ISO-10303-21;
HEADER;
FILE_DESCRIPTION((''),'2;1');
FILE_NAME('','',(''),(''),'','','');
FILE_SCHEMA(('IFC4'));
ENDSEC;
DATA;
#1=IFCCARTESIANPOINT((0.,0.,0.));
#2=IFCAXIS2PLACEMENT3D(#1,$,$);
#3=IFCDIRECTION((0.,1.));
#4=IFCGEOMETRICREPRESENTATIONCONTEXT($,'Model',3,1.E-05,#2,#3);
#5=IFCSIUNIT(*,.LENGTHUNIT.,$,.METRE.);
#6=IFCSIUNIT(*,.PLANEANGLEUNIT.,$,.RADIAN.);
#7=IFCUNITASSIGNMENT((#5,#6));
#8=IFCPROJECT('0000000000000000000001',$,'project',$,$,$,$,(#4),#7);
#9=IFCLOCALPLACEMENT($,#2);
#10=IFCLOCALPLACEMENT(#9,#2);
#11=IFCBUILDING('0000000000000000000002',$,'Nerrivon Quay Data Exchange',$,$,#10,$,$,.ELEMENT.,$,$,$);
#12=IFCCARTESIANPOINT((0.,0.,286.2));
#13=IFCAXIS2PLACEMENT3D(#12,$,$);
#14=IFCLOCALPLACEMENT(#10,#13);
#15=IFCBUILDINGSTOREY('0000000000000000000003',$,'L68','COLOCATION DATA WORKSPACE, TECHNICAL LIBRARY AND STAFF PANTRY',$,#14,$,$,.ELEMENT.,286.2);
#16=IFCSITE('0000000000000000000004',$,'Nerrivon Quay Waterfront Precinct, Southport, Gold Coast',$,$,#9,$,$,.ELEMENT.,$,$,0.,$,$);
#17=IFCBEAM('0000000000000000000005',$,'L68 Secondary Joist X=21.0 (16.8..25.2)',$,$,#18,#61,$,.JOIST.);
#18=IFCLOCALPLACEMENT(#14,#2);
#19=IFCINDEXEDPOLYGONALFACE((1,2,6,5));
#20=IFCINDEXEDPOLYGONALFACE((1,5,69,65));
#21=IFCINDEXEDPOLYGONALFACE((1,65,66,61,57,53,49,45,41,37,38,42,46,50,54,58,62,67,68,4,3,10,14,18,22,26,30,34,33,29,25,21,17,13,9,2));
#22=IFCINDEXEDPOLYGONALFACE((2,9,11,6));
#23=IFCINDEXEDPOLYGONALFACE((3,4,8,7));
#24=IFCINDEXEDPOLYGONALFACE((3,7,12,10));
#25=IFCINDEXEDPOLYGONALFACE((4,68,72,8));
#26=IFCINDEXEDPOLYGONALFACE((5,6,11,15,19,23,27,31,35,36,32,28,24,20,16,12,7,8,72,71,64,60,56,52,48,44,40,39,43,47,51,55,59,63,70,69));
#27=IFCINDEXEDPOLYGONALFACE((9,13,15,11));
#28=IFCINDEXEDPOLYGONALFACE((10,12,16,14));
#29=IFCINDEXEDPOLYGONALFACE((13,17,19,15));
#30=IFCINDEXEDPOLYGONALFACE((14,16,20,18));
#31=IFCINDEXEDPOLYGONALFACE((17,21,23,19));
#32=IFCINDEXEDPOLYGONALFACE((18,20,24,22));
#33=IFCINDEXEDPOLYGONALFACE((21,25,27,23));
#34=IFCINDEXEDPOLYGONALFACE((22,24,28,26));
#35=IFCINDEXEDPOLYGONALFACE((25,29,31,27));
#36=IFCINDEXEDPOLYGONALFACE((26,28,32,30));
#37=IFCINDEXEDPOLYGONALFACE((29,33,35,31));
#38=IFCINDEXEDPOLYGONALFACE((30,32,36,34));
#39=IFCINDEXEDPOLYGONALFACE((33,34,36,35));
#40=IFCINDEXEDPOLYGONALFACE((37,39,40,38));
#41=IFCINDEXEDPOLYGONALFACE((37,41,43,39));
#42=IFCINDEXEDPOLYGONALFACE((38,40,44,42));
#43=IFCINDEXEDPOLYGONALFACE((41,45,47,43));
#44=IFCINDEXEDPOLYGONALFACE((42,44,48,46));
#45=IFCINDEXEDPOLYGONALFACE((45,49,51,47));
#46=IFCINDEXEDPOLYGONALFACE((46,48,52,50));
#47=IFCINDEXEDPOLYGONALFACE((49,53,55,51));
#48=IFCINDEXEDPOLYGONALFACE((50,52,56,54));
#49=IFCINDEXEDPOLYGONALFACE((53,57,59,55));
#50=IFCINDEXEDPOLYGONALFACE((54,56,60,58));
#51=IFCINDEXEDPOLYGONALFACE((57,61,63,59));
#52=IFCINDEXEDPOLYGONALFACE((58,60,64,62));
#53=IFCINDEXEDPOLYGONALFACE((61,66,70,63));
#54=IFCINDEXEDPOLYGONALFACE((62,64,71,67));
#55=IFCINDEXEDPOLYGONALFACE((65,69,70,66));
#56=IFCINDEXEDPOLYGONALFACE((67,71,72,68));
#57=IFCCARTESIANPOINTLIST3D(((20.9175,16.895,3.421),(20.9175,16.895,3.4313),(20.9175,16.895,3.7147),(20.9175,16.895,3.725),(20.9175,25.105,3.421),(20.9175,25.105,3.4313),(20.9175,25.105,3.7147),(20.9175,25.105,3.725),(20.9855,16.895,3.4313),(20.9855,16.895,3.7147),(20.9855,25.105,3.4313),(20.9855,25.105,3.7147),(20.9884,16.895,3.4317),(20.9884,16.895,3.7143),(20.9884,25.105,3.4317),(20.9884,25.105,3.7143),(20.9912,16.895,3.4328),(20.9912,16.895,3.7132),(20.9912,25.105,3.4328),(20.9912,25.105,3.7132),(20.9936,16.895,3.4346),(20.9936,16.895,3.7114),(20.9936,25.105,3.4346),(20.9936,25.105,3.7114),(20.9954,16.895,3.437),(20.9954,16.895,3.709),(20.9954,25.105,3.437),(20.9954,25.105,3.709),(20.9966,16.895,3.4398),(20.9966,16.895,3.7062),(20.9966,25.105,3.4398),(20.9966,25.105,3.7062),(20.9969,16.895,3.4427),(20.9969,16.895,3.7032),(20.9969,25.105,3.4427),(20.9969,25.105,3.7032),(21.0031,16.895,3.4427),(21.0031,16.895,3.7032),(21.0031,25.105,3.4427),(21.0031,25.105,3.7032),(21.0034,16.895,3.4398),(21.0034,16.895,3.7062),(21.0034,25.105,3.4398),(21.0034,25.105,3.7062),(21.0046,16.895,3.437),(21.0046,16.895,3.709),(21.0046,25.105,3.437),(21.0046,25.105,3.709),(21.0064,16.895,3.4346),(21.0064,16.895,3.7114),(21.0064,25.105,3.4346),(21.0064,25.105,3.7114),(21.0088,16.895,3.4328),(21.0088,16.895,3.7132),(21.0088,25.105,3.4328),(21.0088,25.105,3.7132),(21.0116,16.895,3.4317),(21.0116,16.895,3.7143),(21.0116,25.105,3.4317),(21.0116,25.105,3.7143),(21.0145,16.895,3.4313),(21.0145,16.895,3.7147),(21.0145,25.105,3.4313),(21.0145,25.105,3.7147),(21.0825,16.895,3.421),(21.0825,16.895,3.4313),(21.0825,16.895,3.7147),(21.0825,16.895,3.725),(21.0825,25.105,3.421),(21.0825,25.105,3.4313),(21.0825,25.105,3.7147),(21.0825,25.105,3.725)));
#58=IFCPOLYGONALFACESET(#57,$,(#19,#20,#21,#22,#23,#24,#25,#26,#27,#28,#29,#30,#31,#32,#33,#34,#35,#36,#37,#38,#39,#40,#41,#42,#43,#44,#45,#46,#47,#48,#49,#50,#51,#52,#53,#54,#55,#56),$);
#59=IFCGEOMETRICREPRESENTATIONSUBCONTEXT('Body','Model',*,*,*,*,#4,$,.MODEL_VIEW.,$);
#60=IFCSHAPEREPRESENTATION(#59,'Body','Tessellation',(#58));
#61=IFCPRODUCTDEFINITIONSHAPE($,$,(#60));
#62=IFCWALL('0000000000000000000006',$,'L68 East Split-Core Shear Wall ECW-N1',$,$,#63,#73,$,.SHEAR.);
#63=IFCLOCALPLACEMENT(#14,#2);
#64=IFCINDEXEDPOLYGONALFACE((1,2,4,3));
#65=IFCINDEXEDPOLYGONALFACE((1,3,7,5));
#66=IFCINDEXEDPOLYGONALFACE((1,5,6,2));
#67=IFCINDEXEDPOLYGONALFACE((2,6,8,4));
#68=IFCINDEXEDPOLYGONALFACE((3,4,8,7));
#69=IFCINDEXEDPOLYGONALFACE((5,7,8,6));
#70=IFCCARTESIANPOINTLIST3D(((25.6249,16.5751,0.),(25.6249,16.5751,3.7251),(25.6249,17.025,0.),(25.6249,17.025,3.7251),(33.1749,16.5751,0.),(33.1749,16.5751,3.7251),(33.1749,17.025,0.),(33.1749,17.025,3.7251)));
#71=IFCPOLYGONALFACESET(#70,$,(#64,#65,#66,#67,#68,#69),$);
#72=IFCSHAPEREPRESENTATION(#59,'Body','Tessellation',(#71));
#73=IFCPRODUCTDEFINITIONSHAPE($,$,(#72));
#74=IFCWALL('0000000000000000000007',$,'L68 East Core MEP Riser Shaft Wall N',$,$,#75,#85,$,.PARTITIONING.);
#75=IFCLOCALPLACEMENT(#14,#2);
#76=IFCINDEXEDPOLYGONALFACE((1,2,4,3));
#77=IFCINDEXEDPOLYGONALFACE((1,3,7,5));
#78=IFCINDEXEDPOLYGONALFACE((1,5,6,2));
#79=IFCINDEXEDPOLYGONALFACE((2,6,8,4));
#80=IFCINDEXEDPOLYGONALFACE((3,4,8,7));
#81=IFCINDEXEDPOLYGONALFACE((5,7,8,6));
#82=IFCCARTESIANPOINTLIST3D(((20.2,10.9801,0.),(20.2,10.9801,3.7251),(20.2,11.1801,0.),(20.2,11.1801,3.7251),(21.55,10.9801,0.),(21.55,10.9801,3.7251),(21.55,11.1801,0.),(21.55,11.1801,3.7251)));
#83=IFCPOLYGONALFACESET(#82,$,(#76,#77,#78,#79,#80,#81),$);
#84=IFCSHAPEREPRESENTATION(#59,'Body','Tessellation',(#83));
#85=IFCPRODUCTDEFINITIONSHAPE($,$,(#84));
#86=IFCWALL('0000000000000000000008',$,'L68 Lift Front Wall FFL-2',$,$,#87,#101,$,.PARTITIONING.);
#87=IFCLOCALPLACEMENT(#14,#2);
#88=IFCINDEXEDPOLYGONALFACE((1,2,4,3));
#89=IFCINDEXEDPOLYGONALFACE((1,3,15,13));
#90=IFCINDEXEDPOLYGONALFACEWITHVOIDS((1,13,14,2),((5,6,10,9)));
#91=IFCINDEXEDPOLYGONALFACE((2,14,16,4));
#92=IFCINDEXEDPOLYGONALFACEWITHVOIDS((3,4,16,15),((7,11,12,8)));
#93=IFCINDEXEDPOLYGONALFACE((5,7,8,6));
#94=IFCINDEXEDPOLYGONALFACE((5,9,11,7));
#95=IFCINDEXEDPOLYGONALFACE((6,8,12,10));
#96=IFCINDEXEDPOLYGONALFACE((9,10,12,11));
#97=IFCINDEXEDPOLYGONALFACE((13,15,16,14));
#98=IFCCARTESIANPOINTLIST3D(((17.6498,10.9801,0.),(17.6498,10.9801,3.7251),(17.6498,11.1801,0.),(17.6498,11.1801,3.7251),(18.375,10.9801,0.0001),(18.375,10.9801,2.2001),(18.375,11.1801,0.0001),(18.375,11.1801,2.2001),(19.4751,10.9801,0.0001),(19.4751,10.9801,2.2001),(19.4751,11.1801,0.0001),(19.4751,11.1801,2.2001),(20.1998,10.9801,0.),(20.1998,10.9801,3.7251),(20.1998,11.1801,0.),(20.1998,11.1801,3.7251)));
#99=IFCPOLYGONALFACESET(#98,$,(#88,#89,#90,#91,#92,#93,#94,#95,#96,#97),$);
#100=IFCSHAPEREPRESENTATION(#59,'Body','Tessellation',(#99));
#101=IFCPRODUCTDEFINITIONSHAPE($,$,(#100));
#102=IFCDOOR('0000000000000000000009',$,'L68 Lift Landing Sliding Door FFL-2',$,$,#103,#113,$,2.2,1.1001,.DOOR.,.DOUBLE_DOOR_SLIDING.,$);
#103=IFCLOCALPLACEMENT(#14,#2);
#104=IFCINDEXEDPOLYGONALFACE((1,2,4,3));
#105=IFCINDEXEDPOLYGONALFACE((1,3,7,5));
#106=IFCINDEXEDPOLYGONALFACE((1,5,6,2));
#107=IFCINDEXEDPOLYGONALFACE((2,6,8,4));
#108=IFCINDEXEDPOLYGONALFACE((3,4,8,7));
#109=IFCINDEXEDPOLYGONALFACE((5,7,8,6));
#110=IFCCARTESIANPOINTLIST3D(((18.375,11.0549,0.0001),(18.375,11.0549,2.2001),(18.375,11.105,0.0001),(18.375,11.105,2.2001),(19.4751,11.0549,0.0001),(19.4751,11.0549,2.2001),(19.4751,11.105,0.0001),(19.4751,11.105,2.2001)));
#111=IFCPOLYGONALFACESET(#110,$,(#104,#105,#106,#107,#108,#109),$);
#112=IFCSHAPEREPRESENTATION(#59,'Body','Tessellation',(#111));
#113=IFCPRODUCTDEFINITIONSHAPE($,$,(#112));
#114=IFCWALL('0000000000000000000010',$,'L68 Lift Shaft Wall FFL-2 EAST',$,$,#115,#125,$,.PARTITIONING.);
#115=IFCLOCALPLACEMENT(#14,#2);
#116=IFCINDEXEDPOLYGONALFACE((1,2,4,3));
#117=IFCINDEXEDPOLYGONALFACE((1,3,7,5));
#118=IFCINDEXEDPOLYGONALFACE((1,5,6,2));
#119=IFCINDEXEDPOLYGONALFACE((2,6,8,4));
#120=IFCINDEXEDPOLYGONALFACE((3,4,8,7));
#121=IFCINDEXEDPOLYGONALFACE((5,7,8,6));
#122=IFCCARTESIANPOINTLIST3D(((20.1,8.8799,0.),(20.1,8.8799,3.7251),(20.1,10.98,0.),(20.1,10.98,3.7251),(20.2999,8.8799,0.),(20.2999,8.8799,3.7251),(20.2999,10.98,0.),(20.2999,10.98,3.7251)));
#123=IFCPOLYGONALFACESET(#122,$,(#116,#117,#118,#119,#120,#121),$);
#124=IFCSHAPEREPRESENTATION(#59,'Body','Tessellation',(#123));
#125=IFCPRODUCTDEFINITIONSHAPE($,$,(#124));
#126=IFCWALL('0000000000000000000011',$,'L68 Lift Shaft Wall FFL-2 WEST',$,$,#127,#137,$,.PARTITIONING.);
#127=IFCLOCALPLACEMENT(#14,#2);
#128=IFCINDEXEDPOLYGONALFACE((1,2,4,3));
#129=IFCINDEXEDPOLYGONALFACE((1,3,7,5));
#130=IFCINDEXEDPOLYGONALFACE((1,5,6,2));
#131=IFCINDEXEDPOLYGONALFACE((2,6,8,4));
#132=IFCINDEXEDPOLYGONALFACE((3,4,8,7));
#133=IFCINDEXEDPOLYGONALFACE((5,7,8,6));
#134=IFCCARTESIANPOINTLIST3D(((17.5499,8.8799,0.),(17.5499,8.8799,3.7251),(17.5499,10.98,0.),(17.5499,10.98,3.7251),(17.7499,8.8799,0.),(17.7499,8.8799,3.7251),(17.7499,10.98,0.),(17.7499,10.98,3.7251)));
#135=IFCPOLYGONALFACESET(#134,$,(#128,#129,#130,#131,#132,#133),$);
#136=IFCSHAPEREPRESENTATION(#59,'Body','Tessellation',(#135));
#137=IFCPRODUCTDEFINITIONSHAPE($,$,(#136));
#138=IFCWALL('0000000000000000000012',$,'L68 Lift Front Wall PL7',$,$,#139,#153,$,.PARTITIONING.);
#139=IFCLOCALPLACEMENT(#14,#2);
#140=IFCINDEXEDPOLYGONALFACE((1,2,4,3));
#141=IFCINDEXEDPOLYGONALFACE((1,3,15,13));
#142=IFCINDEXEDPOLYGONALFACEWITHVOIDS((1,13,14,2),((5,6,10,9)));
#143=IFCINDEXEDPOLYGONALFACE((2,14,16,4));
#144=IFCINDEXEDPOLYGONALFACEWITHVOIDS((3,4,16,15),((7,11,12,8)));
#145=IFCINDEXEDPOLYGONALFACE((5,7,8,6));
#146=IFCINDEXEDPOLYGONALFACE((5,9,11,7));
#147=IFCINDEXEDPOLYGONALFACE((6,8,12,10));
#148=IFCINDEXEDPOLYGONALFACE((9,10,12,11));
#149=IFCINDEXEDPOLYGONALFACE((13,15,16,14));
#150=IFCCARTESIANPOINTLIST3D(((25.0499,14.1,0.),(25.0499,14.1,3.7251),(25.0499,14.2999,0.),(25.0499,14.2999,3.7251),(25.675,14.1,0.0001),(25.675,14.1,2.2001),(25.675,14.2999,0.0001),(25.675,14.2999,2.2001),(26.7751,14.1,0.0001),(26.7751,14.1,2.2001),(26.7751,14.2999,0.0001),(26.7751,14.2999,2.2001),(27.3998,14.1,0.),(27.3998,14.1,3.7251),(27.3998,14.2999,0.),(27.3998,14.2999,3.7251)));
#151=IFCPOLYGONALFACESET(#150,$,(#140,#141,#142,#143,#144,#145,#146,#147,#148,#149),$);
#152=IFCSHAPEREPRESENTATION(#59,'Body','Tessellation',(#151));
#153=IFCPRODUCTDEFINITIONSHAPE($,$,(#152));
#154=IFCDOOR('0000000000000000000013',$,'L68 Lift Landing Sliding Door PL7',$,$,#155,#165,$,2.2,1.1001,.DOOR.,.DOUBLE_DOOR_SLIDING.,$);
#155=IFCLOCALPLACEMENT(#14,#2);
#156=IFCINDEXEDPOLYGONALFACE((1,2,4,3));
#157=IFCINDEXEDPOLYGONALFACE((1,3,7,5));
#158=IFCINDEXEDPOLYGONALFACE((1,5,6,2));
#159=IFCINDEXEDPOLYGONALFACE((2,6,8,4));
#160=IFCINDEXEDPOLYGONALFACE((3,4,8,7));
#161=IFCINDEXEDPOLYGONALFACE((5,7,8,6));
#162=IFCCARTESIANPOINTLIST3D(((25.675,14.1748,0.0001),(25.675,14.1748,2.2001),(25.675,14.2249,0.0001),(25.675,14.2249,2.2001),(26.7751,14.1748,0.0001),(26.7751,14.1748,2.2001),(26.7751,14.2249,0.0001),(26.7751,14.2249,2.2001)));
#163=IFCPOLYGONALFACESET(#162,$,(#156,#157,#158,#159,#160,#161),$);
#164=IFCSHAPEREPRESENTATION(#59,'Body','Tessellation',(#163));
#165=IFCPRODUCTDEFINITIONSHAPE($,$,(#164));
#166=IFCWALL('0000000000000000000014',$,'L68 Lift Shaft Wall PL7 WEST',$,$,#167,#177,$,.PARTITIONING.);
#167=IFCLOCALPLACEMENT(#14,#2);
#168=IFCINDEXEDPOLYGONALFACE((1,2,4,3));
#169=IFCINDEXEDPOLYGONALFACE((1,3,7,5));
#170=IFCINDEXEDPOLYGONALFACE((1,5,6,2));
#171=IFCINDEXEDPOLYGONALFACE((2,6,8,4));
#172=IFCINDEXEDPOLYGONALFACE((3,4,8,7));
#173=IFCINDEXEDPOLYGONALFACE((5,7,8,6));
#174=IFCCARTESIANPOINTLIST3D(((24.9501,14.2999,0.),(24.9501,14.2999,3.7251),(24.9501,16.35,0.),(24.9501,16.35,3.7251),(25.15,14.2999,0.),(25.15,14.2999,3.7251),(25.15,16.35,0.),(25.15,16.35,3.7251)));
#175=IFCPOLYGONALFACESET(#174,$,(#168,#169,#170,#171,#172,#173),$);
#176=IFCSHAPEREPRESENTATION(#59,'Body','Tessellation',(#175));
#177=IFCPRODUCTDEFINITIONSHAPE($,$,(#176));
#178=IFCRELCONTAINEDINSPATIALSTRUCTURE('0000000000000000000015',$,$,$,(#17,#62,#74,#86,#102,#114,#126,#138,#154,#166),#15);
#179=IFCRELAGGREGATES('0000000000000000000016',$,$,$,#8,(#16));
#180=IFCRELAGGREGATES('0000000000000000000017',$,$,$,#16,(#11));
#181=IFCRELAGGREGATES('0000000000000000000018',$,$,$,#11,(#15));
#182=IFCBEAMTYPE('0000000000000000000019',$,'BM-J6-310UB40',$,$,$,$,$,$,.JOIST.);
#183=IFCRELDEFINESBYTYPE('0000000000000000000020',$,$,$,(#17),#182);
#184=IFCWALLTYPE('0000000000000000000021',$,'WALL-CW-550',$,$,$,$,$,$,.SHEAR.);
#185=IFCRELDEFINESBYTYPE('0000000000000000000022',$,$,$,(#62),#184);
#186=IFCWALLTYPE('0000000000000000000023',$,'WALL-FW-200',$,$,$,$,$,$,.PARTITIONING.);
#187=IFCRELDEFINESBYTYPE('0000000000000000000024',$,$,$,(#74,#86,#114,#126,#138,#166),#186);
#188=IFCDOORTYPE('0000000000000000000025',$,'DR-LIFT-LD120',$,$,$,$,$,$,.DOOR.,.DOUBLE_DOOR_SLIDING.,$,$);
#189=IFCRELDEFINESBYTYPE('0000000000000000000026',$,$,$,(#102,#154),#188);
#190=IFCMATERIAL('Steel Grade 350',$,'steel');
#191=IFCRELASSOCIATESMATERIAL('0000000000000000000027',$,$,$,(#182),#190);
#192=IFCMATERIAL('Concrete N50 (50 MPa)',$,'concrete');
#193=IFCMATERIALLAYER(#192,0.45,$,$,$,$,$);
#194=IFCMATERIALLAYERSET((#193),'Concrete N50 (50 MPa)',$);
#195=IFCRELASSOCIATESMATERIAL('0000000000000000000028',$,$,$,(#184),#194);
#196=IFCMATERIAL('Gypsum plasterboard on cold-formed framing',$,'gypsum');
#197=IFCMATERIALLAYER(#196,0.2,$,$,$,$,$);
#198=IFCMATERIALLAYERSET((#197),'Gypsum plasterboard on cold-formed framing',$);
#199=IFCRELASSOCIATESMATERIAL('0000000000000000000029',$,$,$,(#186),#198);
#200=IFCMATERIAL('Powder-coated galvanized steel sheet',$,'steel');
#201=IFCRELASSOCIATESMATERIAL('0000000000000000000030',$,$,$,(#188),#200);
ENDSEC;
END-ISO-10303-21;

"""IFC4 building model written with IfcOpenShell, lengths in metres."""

from ifc_helpers import new_model, si_unit, direction, frame, frame_2d, origin, origin_2d, place, context, subcontext, project, spatial, rectangle, i_section, extrude, material, layer, layer_set, material_profile, profile_set, type_object, element, fill, save


model = new_model("IFC4")

# Units and contexts
model_context = context("Model", 3, precision=1e-05, world=origin(), true_north=direction((0.0, 1.0)))
body_context = subcontext(model_context, "Body", "Model", "MODEL_VIEW")
ifc_project = project(units=[si_unit("LENGTHUNIT", "METRE"), si_unit("PLANEANGLEUNIT", "RADIAN")], contexts=[model_context])

# Site, building, storey
site_placement = place(None, origin())
site = spatial("IfcSite", under=ifc_project, at=site_placement, Name="Nerrivon Quay Waterfront Precinct, Southport, Gold Coast", CompositionType="ELEMENT", RefElevation=0.0)
building_placement = place(site_placement, origin())
building = spatial("IfcBuilding", under=site, at=building_placement, Name="Nerrivon Quay Data Exchange", CompositionType="ELEMENT")
storey_placement = place(building_placement, frame((0.0, 0.0, 286.2)))
storey = spatial("IfcBuildingStorey", under=building, at=storey_placement, Name="L68", Description="COLOCATION DATA WORKSPACE, TECHNICAL LIBRARY AND STAFF PANTRY", CompositionType="ELEMENT", Elevation=286.2)

# Shared definitions
ifc_material_1 = material(Name="Concrete N50 (50 MPa)", Category="concrete")

# Beam
ifc_material_2 = material(Name="Steel Grade 350", Category="steel")
ifc_material_profile_1 = material_profile(ifc_material_2, i_section(OverallWidth=0.165, OverallDepth=0.304, WebThickness=0.0061, FlangeThickness=0.0103, FilletRadius=0.0115, at=origin_2d()), Name="310UB40.4")
ifc_profile_set_1 = profile_set([ifc_material_profile_1], Name="Steel Grade 350")
beam_type_1 = type_object("IfcBeamType", Name="BM-J6-310UB40", PredefinedType="JOIST", material=ifc_profile_set_1)
beam_1_placement = place(storey_placement, frame((21.0, 16.895, 3.573), z_axis=(0.0, 1.0, 0.0), x_axis=(-1.0, 0.0, 0.0)))
element("IfcBeam", 1, at=beam_1_placement, inside=storey, type_object=beam_type_1, Name="L68 Secondary Joist X=21.0 (16.8..25.2)", PredefinedType="JOIST", context=body_context, shape_type="SweptSolid", body=[
    extrude(i_section(OverallWidth=0.165, OverallDepth=0.304, WebThickness=0.0061, FlangeThickness=0.0103, FilletRadius=0.0115, at=origin_2d()), origin(), (0.0, 0.0, 1.0), 8.21),
])

# Shared definitions
ifc_layer_1 = layer(ifc_material_1, 0.45)
ifc_layer_set_1 = layer_set([ifc_layer_1], Name="Concrete N50 (50 MPa)")
wall_type_1 = type_object("IfcWallType", Name="WALL-CW-550", PredefinedType="SHEAR", material=ifc_layer_set_1)
ifc_material_3 = material(Name="Powder-coated galvanized steel sheet", Category="steel")

# Walls
wall_1_placement = place(storey_placement, frame((25.625, 16.8, 0.0), z_axis=(0.0, 0.0, 1.0), x_axis=(1.0, 0.0, 0.0)))
element("IfcWall", 2, at=wall_1_placement, inside=storey, type_object=wall_type_1, Name="L68 East Split-Core Shear Wall ECW-N1", PredefinedType="SHEAR", context=body_context, shape_type="SweptSolid", body=[
    extrude(rectangle(XDim=7.55, YDim=0.45, at=frame_2d((3.7749, 0.0))), origin(), (0.0, 0.0, 1.0), 3.7251),
])
ifc_material_4 = material(Name="Gypsum plasterboard on cold-formed framing", Category="gypsum")
ifc_layer_2 = layer(ifc_material_4, 0.2)
ifc_layer_set_2 = layer_set([ifc_layer_2], Name="Gypsum plasterboard on cold-formed framing")
wall_type_2 = type_object("IfcWallType", Name="WALL-FW-200", PredefinedType="PARTITIONING", material=ifc_layer_set_2)
wall_2_placement = place(storey_placement, frame((20.2, 11.0801, 0.0), z_axis=(0.0, 0.0, 1.0), x_axis=(1.0, 0.0, 0.0)))
element("IfcWall", 3, at=wall_2_placement, inside=storey, type_object=wall_type_2, Name="L68 East Core MEP Riser Shaft Wall N", PredefinedType="PARTITIONING", context=body_context, shape_type="SweptSolid", body=[
    extrude(rectangle(XDim=1.3501, YDim=0.2, at=frame_2d((0.675, 0.0))), origin(), (0.0, 0.0, 1.0), 3.7251),
])

# Wall, opening, door
wall_3_placement = place(storey_placement, frame((17.6499, 11.0801, 0.0), z_axis=(0.0, 0.0, 1.0), x_axis=(1.0, 0.0, 0.0)))
wall_3 = element("IfcWall", 4, at=wall_3_placement, inside=storey, type_object=wall_type_2, Name="L68 Lift Front Wall FFL-2", PredefinedType="PARTITIONING", context=body_context, shape_type="SweptSolid", body=[
    extrude(rectangle(XDim=2.55, YDim=0.2, at=frame_2d((1.2749, 0.0))), origin(), (0.0, 0.0, 1.0), 3.7251),
])
opening_1_placement = place(wall_3_placement, frame((0.7251, 0.0, 0.0)))
opening_1 = element("IfcOpeningElement", 5, at=opening_1_placement, cuts=wall_3, PredefinedType="OPENING", context=body_context, shape_type="SweptSolid", body=[
    extrude(rectangle(XDim=1.1001, YDim=2.2, at=frame_2d((0.55, 1.1001))), frame((0.0, 0.1099, 0.0), z_axis=(0.0, -1.0, 0.0), x_axis=(1.0, 0.0, 0.0)), (0.0, 0.0, 1.0), 0.22),
])
door_type_1 = type_object("IfcDoorType", Name="DR-LIFT-LD120", OperationType="DOUBLE_DOOR_SLIDING", PredefinedType="DOOR", material=ifc_material_3)
door_1_placement = place(opening_1_placement, origin())
door_1 = element("IfcDoor", 6, at=door_1_placement, inside=storey, type_object=door_type_1, Name="L68 Lift Landing Sliding Door FFL-2", OperationType="DOUBLE_DOOR_SLIDING", OverallHeight=2.2, OverallWidth=1.1001, PredefinedType="DOOR", context=body_context, shape_type="SweptSolid", body=[
    extrude(rectangle(XDim=1.1001, YDim=2.2, at=frame_2d((0.55, 1.1001))), frame((0.0, 0.0249, 0.0), z_axis=(0.0, -1.0, 0.0), x_axis=(1.0, 0.0, 0.0)), (0.0, 0.0, 1.0), 0.05),
])
fill(opening_1, door_1)

# Walls
for number, where, z_axis, x_axis, name in (
    (7, (20.2, 8.8799, 0.0), (0.0, 0.0, 1.0), (0.0, 1.0, 0.0), "L68 Lift Shaft Wall FFL-2 EAST"),
    (8, (17.6499, 8.8799, 0.0), (0.0, 0.0, 1.0), (0.0, 1.0, 0.0), "L68 Lift Shaft Wall FFL-2 WEST"),
):
    element("IfcWall", number, at=place(storey_placement, frame(where, z_axis=z_axis, x_axis=x_axis)), inside=storey, type_object=wall_type_2, Name=name, PredefinedType="PARTITIONING", context=body_context, shape_type="SweptSolid", body=[
        extrude(rectangle(XDim=2.1001, YDim=0.2, at=frame_2d((1.05, 0.0))), origin(), (0.0, 0.0, 1.0), 3.7251),
    ])

# Wall, opening, door
wall_4_placement = place(storey_placement, frame((25.05, 14.2, 0.0), z_axis=(0.0, 0.0, 1.0), x_axis=(1.0, 0.0, 0.0)))
wall_4 = element("IfcWall", 9, at=wall_4_placement, inside=storey, type_object=wall_type_2, Name="L68 Lift Front Wall PL7", PredefinedType="PARTITIONING", context=body_context, shape_type="SweptSolid", body=[
    extrude(rectangle(XDim=2.3499, YDim=0.2, at=frame_2d((1.1748, 0.0))), origin(), (0.0, 0.0, 1.0), 3.7251),
])
opening_2_placement = place(wall_4_placement, frame((0.625, 0.0, 0.0)))
opening_2 = element("IfcOpeningElement", 10, at=opening_2_placement, cuts=wall_4, PredefinedType="OPENING", context=body_context, shape_type="SweptSolid", body=[
    extrude(rectangle(XDim=1.1001, YDim=2.2, at=frame_2d((0.55, 1.1001))), frame((0.0, 0.1099, 0.0), z_axis=(0.0, -1.0, 0.0), x_axis=(1.0, 0.0, 0.0)), (0.0, 0.0, 1.0), 0.22),
])
door_2_placement = place(opening_2_placement, origin())
door_2 = element("IfcDoor", 11, at=door_2_placement, inside=storey, type_object=door_type_1, Name="L68 Lift Landing Sliding Door PL7", OperationType="DOUBLE_DOOR_SLIDING", OverallHeight=2.2, OverallWidth=1.1001, PredefinedType="DOOR", context=body_context, shape_type="SweptSolid", body=[
    extrude(rectangle(XDim=1.1001, YDim=2.2, at=frame_2d((0.55, 1.1001))), frame((0.0, 0.0249, 0.0), z_axis=(0.0, -1.0, 0.0), x_axis=(1.0, 0.0, 0.0)), (0.0, 0.0, 1.0), 0.05),
])
fill(opening_2, door_2)

# Wall
wall_5_placement = place(storey_placement, frame((25.05, 14.3, 0.0), z_axis=(0.0, 0.0, 1.0), x_axis=(0.0, 1.0, 0.0)))
element("IfcWall", 12, at=wall_5_placement, inside=storey, type_object=wall_type_2, Name="L68 Lift Shaft Wall PL7 WEST", PredefinedType="PARTITIONING", context=body_context, shape_type="SweptSolid", body=[
    extrude(rectangle(XDim=2.05, YDim=0.2, at=frame_2d((1.0249, 0.0))), origin(), (0.0, 0.0, 1.0), 3.7251),
])

save(model, "model.ifc")
